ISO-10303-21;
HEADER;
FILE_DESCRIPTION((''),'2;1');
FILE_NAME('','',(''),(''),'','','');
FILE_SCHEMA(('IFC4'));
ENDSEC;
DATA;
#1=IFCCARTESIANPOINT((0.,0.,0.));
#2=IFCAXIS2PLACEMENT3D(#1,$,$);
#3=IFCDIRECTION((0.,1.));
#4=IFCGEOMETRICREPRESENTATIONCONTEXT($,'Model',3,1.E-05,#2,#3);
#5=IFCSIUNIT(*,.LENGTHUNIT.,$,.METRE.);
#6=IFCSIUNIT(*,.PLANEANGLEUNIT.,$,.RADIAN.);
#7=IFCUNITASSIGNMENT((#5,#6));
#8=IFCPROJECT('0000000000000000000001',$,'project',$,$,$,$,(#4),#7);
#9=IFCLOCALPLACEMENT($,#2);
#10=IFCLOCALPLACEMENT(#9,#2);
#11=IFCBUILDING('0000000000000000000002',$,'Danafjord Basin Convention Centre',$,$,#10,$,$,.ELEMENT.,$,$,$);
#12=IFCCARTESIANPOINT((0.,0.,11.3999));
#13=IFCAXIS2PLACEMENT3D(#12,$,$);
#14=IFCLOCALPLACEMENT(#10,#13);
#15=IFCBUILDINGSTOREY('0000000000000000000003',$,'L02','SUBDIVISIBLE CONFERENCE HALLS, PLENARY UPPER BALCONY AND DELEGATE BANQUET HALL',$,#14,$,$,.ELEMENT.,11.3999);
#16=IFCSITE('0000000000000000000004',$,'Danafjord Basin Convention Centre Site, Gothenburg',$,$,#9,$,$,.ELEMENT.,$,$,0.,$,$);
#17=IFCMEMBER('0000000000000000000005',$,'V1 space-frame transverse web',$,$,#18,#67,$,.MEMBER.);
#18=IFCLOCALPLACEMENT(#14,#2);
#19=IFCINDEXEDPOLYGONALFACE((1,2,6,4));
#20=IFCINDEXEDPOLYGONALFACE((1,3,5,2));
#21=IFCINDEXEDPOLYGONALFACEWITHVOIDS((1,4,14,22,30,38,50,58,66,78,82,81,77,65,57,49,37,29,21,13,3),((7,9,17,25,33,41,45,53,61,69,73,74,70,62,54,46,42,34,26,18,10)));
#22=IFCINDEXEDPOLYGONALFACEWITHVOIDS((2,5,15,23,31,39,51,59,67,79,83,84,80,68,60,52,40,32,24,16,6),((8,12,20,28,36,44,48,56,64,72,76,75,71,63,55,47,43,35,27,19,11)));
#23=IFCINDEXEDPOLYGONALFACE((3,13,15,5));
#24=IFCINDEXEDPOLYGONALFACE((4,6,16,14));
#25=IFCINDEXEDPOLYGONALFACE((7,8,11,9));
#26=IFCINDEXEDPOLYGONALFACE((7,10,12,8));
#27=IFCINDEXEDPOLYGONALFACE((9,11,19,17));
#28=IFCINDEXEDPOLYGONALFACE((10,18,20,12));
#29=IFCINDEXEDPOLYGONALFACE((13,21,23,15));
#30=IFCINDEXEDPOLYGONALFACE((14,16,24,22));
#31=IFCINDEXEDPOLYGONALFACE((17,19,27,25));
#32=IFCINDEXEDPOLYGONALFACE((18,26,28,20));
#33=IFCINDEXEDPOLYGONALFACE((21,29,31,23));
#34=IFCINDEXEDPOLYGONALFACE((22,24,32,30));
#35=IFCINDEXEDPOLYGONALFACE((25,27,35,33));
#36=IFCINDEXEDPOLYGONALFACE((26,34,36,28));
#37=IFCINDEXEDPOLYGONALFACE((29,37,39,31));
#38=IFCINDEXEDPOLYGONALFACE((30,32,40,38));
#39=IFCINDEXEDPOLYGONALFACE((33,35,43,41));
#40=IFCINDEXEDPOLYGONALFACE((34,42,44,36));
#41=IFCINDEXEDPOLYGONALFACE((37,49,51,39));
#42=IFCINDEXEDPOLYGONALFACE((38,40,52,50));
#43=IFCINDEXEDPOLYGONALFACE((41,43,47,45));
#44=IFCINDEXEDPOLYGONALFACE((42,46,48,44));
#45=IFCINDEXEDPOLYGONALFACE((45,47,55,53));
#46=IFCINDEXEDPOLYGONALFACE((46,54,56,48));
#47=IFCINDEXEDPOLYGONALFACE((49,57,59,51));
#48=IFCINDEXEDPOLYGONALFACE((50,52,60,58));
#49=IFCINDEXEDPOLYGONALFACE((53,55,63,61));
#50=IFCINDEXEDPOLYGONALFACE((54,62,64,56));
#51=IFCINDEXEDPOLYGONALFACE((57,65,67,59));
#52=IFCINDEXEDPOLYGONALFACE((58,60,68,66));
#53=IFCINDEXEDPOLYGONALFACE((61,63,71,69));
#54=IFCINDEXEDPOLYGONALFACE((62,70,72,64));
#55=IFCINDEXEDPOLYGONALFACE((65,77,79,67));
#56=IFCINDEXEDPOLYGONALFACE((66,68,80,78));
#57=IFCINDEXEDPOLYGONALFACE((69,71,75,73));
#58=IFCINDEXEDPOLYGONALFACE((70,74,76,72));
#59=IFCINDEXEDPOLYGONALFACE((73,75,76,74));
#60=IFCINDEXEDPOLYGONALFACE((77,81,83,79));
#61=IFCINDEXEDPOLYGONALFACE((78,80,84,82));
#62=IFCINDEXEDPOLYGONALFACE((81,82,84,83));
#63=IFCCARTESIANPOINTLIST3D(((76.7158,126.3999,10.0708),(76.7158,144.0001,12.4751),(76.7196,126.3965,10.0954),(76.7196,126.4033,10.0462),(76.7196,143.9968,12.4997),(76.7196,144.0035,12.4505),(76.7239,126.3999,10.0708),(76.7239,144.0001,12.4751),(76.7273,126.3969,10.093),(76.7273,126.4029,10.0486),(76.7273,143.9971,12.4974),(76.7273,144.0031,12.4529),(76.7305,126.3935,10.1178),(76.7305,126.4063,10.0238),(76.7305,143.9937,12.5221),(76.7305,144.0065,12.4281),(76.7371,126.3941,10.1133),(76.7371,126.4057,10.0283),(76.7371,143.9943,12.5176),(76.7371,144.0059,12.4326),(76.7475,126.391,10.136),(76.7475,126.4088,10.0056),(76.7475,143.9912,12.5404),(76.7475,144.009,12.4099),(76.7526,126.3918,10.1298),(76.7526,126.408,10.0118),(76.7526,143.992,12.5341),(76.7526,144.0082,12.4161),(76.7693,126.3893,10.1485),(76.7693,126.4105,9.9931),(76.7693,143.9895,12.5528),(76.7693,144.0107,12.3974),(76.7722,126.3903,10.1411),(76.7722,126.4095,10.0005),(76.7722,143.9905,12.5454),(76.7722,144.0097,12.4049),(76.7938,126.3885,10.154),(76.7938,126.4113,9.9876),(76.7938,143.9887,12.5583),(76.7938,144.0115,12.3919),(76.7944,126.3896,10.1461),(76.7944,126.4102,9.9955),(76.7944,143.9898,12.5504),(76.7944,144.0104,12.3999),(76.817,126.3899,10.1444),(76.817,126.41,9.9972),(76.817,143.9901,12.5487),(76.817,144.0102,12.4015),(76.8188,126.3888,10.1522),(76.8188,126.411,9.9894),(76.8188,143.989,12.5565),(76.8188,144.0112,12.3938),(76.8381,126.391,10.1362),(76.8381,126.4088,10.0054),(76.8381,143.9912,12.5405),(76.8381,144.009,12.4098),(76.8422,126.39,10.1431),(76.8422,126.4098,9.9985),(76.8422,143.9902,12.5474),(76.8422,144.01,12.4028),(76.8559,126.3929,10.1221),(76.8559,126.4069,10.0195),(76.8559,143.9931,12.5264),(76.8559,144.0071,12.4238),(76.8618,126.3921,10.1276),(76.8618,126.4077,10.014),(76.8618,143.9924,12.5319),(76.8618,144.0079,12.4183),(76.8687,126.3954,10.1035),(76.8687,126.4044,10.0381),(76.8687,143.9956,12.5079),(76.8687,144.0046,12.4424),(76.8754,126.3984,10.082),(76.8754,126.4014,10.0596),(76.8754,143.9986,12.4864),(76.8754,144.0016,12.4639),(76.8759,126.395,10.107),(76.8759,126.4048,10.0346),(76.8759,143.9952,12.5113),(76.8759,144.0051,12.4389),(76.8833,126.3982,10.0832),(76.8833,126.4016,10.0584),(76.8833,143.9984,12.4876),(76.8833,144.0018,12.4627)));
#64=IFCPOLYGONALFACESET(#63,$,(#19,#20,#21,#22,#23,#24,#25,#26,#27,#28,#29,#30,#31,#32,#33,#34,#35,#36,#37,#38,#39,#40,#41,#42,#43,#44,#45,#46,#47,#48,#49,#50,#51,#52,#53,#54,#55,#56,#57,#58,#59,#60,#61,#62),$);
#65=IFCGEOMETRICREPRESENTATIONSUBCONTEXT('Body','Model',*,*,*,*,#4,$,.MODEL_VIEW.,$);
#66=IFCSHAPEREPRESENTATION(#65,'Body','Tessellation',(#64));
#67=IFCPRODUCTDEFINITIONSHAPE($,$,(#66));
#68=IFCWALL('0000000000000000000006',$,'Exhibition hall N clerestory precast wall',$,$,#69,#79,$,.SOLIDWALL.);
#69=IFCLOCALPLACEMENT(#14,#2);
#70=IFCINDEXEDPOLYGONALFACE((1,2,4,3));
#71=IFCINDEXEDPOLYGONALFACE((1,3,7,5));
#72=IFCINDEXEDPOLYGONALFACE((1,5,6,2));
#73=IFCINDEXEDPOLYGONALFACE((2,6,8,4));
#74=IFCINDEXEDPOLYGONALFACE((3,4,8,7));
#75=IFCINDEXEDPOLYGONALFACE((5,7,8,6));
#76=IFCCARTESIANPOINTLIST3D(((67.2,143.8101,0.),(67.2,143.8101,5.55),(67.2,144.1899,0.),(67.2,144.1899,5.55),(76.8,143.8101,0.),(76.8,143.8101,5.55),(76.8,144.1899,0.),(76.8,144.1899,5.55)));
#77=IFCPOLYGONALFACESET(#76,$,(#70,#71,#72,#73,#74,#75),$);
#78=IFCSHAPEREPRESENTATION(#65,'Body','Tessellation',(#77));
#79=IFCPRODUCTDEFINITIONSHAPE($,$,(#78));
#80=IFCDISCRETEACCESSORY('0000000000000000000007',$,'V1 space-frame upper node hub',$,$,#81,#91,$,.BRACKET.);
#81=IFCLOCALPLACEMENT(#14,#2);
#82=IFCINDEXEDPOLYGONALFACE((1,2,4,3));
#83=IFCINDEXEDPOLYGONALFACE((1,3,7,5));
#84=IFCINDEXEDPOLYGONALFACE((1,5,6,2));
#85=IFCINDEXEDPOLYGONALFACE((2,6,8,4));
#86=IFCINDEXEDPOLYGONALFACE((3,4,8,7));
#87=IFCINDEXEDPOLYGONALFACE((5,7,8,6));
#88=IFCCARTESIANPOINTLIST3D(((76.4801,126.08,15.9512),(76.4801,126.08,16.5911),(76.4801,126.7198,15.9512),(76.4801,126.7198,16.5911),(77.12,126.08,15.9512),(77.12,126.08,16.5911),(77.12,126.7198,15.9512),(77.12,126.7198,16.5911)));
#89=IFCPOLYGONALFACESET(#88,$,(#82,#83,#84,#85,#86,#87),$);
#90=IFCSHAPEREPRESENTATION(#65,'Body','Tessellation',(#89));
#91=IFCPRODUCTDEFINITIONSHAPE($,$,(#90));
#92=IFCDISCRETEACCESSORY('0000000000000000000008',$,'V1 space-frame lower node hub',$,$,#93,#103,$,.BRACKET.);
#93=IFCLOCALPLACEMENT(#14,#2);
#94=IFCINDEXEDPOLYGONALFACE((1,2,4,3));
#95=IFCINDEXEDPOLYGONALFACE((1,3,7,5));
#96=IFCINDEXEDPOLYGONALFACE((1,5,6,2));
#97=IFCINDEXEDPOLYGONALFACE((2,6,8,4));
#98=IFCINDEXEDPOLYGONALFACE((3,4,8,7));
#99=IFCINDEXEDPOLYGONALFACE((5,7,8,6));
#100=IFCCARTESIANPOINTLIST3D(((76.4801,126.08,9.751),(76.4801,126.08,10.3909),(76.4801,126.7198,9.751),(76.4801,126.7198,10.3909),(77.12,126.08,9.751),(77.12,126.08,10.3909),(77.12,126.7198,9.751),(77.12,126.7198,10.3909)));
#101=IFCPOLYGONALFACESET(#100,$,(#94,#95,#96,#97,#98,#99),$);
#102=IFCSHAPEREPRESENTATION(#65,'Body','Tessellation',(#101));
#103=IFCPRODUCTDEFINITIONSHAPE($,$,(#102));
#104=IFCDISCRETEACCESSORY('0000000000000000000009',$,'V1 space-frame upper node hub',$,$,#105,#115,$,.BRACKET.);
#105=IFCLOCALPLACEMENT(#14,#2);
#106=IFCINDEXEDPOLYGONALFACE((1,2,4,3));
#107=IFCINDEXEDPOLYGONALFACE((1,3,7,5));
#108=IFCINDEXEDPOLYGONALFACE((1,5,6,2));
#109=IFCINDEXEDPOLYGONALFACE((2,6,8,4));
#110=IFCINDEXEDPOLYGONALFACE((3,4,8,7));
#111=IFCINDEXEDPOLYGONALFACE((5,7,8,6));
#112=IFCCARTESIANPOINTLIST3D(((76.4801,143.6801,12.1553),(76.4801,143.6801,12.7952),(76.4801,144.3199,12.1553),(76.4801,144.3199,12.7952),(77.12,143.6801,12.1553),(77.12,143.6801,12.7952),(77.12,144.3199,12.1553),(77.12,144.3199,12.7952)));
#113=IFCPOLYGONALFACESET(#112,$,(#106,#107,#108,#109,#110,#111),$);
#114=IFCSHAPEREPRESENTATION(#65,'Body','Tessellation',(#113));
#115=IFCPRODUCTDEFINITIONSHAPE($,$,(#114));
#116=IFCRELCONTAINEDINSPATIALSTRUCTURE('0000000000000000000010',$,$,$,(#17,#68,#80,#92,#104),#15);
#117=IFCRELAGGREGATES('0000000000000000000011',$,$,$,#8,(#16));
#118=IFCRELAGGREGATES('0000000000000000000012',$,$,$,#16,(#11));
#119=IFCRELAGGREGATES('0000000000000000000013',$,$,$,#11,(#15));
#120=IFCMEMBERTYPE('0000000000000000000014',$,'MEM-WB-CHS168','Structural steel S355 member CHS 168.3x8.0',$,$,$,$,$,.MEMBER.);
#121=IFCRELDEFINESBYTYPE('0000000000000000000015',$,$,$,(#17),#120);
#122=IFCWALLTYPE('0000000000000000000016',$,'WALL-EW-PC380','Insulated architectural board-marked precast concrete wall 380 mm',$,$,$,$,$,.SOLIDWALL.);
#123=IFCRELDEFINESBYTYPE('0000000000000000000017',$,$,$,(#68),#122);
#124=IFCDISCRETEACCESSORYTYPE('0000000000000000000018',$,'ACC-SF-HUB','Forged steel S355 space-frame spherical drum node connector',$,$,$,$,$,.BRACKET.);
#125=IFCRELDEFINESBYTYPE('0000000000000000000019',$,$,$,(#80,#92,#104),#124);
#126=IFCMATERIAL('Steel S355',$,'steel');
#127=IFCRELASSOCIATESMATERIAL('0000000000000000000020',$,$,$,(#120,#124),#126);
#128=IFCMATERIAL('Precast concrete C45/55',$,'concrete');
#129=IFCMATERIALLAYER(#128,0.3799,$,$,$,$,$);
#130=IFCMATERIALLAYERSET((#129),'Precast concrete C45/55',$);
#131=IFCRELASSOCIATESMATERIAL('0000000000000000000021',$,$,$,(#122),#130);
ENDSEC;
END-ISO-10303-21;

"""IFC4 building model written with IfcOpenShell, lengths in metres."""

from ifc_helpers import new_model, si_unit, direction, frame, frame_2d, origin, origin_2d, place, context, subcontext, project, spatial, rectangle, hollow_circle, extrude, material, layer, layer_set, material_profile, profile_set, type_object, element, save


model = new_model("IFC4")

# Units and contexts
model_context = context("Model", 3, precision=1e-05, world=origin(), true_north=direction((0.0, 1.0)))
body_context = subcontext(model_context, "Body", "Model", "MODEL_VIEW")
ifc_project = project(units=[si_unit("LENGTHUNIT", "METRE"), si_unit("PLANEANGLEUNIT", "RADIAN")], contexts=[model_context])

# Site, building, storey
site_placement = place(None, origin())
site = spatial("IfcSite", under=ifc_project, at=site_placement, Name="Danafjord Basin Convention Centre Site, Gothenburg", CompositionType="ELEMENT", RefElevation=0.0)
building_placement = place(site_placement, origin())
building = spatial("IfcBuilding", under=site, at=building_placement, Name="Danafjord Basin Convention Centre", CompositionType="ELEMENT")
storey_placement = place(building_placement, frame((0.0, 0.0, 11.3999)))
storey = spatial("IfcBuildingStorey", under=building, at=storey_placement, Name="L02", Description="SUBDIVISIBLE CONFERENCE HALLS, PLENARY UPPER BALCONY AND DELEGATE BANQUET HALL", CompositionType="ELEMENT", Elevation=11.3999)

# Shared definitions
ifc_material_1 = material(Name="Steel S355", Category="steel")

# Member
ifc_material_profile_1 = material_profile(ifc_material_1, hollow_circle(Radius=0.0842, WallThickness=0.0081, at=origin_2d()), Name="CHS 168.3x8.0")
ifc_profile_set_1 = profile_set([ifc_material_profile_1], Name="Steel S355")
member_type_1 = type_object("IfcMemberType", Name="MEM-WB-CHS168", Description="Structural steel S355 member CHS 168.3x8.0", PredefinedType="MEMBER", material=ifc_profile_set_1)
member_1_placement = place(storey_placement, frame((76.8, 126.3999, 10.0708), z_axis=(0.0, 0.990798, 0.13535), x_axis=(-1.0, 0.0, 0.0)))
element("IfcMember", 1, at=member_1_placement, inside=storey, type_object=member_type_1, Name="V1 space-frame transverse web", PredefinedType="MEMBER", context=body_context, shape_type="SweptSolid", body=[
    extrude(hollow_circle(Radius=0.0842, WallThickness=0.0081, at=origin_2d()), origin(), (0.0, 0.0, 1.0), 17.7637),
])

# Wall
ifc_material_2 = material(Name="Precast concrete C45/55", Category="concrete")
ifc_layer = layer(ifc_material_2, 0.3799)
ifc_layer_set = layer_set([ifc_layer], Name="Precast concrete C45/55")
wall_type = type_object("IfcWallType", Name="WALL-EW-PC380", Description="Insulated architectural board-marked precast concrete wall 380 mm", PredefinedType="SOLIDWALL", material=ifc_layer_set)
wall_placement = place(storey_placement, frame((67.2, 144.0, 0.0), z_axis=(0.0, 0.0, 1.0), x_axis=(1.0, 0.0, 0.0)))
element("IfcWall", 2, at=wall_placement, inside=storey, type_object=wall_type, Name="Exhibition hall N clerestory precast wall", PredefinedType="SOLIDWALL", context=body_context, shape_type="SweptSolid", body=[
    extrude(rectangle(XDim=9.6001, YDim=0.3799, at=frame_2d((4.8, 0.0))), origin(), (0.0, 0.0, 1.0), 5.55),
])

# Discrete accessories
discrete_accessory_type = type_object("IfcDiscreteAccessoryType", Name="ACC-SF-HUB", Description="Forged steel S355 space-frame spherical drum node connector", PredefinedType="BRACKET", material=ifc_material_1)
for number, where, z_axis, x_axis, name in (
    (3, (76.8, 126.3999, 15.9512), (0.0, 0.0, 1.0), (1.0, 0.0, 0.0), "V1 space-frame upper node hub"),
    (4, (76.8, 126.3999, 9.751), (0.0, 0.0, 1.0), (1.0, 0.0, 0.0), "V1 space-frame lower node hub"),
    (5, (76.8, 144.0, 12.1553), (0.0, 0.0, 1.0), (1.0, 0.0, 0.0), "V1 space-frame upper node hub"),
):
    element("IfcDiscreteAccessory", number, at=place(storey_placement, frame(where, z_axis=z_axis, x_axis=x_axis)), inside=storey, type_object=discrete_accessory_type, Name=name, PredefinedType="BRACKET", context=body_context, shape_type="SweptSolid", body=[
        extrude(rectangle(XDim=0.6399, YDim=0.6399, at=origin_2d()), origin(), (0.0, 0.0, 1.0), 0.6399),
    ])

save(model, "model.ifc")
